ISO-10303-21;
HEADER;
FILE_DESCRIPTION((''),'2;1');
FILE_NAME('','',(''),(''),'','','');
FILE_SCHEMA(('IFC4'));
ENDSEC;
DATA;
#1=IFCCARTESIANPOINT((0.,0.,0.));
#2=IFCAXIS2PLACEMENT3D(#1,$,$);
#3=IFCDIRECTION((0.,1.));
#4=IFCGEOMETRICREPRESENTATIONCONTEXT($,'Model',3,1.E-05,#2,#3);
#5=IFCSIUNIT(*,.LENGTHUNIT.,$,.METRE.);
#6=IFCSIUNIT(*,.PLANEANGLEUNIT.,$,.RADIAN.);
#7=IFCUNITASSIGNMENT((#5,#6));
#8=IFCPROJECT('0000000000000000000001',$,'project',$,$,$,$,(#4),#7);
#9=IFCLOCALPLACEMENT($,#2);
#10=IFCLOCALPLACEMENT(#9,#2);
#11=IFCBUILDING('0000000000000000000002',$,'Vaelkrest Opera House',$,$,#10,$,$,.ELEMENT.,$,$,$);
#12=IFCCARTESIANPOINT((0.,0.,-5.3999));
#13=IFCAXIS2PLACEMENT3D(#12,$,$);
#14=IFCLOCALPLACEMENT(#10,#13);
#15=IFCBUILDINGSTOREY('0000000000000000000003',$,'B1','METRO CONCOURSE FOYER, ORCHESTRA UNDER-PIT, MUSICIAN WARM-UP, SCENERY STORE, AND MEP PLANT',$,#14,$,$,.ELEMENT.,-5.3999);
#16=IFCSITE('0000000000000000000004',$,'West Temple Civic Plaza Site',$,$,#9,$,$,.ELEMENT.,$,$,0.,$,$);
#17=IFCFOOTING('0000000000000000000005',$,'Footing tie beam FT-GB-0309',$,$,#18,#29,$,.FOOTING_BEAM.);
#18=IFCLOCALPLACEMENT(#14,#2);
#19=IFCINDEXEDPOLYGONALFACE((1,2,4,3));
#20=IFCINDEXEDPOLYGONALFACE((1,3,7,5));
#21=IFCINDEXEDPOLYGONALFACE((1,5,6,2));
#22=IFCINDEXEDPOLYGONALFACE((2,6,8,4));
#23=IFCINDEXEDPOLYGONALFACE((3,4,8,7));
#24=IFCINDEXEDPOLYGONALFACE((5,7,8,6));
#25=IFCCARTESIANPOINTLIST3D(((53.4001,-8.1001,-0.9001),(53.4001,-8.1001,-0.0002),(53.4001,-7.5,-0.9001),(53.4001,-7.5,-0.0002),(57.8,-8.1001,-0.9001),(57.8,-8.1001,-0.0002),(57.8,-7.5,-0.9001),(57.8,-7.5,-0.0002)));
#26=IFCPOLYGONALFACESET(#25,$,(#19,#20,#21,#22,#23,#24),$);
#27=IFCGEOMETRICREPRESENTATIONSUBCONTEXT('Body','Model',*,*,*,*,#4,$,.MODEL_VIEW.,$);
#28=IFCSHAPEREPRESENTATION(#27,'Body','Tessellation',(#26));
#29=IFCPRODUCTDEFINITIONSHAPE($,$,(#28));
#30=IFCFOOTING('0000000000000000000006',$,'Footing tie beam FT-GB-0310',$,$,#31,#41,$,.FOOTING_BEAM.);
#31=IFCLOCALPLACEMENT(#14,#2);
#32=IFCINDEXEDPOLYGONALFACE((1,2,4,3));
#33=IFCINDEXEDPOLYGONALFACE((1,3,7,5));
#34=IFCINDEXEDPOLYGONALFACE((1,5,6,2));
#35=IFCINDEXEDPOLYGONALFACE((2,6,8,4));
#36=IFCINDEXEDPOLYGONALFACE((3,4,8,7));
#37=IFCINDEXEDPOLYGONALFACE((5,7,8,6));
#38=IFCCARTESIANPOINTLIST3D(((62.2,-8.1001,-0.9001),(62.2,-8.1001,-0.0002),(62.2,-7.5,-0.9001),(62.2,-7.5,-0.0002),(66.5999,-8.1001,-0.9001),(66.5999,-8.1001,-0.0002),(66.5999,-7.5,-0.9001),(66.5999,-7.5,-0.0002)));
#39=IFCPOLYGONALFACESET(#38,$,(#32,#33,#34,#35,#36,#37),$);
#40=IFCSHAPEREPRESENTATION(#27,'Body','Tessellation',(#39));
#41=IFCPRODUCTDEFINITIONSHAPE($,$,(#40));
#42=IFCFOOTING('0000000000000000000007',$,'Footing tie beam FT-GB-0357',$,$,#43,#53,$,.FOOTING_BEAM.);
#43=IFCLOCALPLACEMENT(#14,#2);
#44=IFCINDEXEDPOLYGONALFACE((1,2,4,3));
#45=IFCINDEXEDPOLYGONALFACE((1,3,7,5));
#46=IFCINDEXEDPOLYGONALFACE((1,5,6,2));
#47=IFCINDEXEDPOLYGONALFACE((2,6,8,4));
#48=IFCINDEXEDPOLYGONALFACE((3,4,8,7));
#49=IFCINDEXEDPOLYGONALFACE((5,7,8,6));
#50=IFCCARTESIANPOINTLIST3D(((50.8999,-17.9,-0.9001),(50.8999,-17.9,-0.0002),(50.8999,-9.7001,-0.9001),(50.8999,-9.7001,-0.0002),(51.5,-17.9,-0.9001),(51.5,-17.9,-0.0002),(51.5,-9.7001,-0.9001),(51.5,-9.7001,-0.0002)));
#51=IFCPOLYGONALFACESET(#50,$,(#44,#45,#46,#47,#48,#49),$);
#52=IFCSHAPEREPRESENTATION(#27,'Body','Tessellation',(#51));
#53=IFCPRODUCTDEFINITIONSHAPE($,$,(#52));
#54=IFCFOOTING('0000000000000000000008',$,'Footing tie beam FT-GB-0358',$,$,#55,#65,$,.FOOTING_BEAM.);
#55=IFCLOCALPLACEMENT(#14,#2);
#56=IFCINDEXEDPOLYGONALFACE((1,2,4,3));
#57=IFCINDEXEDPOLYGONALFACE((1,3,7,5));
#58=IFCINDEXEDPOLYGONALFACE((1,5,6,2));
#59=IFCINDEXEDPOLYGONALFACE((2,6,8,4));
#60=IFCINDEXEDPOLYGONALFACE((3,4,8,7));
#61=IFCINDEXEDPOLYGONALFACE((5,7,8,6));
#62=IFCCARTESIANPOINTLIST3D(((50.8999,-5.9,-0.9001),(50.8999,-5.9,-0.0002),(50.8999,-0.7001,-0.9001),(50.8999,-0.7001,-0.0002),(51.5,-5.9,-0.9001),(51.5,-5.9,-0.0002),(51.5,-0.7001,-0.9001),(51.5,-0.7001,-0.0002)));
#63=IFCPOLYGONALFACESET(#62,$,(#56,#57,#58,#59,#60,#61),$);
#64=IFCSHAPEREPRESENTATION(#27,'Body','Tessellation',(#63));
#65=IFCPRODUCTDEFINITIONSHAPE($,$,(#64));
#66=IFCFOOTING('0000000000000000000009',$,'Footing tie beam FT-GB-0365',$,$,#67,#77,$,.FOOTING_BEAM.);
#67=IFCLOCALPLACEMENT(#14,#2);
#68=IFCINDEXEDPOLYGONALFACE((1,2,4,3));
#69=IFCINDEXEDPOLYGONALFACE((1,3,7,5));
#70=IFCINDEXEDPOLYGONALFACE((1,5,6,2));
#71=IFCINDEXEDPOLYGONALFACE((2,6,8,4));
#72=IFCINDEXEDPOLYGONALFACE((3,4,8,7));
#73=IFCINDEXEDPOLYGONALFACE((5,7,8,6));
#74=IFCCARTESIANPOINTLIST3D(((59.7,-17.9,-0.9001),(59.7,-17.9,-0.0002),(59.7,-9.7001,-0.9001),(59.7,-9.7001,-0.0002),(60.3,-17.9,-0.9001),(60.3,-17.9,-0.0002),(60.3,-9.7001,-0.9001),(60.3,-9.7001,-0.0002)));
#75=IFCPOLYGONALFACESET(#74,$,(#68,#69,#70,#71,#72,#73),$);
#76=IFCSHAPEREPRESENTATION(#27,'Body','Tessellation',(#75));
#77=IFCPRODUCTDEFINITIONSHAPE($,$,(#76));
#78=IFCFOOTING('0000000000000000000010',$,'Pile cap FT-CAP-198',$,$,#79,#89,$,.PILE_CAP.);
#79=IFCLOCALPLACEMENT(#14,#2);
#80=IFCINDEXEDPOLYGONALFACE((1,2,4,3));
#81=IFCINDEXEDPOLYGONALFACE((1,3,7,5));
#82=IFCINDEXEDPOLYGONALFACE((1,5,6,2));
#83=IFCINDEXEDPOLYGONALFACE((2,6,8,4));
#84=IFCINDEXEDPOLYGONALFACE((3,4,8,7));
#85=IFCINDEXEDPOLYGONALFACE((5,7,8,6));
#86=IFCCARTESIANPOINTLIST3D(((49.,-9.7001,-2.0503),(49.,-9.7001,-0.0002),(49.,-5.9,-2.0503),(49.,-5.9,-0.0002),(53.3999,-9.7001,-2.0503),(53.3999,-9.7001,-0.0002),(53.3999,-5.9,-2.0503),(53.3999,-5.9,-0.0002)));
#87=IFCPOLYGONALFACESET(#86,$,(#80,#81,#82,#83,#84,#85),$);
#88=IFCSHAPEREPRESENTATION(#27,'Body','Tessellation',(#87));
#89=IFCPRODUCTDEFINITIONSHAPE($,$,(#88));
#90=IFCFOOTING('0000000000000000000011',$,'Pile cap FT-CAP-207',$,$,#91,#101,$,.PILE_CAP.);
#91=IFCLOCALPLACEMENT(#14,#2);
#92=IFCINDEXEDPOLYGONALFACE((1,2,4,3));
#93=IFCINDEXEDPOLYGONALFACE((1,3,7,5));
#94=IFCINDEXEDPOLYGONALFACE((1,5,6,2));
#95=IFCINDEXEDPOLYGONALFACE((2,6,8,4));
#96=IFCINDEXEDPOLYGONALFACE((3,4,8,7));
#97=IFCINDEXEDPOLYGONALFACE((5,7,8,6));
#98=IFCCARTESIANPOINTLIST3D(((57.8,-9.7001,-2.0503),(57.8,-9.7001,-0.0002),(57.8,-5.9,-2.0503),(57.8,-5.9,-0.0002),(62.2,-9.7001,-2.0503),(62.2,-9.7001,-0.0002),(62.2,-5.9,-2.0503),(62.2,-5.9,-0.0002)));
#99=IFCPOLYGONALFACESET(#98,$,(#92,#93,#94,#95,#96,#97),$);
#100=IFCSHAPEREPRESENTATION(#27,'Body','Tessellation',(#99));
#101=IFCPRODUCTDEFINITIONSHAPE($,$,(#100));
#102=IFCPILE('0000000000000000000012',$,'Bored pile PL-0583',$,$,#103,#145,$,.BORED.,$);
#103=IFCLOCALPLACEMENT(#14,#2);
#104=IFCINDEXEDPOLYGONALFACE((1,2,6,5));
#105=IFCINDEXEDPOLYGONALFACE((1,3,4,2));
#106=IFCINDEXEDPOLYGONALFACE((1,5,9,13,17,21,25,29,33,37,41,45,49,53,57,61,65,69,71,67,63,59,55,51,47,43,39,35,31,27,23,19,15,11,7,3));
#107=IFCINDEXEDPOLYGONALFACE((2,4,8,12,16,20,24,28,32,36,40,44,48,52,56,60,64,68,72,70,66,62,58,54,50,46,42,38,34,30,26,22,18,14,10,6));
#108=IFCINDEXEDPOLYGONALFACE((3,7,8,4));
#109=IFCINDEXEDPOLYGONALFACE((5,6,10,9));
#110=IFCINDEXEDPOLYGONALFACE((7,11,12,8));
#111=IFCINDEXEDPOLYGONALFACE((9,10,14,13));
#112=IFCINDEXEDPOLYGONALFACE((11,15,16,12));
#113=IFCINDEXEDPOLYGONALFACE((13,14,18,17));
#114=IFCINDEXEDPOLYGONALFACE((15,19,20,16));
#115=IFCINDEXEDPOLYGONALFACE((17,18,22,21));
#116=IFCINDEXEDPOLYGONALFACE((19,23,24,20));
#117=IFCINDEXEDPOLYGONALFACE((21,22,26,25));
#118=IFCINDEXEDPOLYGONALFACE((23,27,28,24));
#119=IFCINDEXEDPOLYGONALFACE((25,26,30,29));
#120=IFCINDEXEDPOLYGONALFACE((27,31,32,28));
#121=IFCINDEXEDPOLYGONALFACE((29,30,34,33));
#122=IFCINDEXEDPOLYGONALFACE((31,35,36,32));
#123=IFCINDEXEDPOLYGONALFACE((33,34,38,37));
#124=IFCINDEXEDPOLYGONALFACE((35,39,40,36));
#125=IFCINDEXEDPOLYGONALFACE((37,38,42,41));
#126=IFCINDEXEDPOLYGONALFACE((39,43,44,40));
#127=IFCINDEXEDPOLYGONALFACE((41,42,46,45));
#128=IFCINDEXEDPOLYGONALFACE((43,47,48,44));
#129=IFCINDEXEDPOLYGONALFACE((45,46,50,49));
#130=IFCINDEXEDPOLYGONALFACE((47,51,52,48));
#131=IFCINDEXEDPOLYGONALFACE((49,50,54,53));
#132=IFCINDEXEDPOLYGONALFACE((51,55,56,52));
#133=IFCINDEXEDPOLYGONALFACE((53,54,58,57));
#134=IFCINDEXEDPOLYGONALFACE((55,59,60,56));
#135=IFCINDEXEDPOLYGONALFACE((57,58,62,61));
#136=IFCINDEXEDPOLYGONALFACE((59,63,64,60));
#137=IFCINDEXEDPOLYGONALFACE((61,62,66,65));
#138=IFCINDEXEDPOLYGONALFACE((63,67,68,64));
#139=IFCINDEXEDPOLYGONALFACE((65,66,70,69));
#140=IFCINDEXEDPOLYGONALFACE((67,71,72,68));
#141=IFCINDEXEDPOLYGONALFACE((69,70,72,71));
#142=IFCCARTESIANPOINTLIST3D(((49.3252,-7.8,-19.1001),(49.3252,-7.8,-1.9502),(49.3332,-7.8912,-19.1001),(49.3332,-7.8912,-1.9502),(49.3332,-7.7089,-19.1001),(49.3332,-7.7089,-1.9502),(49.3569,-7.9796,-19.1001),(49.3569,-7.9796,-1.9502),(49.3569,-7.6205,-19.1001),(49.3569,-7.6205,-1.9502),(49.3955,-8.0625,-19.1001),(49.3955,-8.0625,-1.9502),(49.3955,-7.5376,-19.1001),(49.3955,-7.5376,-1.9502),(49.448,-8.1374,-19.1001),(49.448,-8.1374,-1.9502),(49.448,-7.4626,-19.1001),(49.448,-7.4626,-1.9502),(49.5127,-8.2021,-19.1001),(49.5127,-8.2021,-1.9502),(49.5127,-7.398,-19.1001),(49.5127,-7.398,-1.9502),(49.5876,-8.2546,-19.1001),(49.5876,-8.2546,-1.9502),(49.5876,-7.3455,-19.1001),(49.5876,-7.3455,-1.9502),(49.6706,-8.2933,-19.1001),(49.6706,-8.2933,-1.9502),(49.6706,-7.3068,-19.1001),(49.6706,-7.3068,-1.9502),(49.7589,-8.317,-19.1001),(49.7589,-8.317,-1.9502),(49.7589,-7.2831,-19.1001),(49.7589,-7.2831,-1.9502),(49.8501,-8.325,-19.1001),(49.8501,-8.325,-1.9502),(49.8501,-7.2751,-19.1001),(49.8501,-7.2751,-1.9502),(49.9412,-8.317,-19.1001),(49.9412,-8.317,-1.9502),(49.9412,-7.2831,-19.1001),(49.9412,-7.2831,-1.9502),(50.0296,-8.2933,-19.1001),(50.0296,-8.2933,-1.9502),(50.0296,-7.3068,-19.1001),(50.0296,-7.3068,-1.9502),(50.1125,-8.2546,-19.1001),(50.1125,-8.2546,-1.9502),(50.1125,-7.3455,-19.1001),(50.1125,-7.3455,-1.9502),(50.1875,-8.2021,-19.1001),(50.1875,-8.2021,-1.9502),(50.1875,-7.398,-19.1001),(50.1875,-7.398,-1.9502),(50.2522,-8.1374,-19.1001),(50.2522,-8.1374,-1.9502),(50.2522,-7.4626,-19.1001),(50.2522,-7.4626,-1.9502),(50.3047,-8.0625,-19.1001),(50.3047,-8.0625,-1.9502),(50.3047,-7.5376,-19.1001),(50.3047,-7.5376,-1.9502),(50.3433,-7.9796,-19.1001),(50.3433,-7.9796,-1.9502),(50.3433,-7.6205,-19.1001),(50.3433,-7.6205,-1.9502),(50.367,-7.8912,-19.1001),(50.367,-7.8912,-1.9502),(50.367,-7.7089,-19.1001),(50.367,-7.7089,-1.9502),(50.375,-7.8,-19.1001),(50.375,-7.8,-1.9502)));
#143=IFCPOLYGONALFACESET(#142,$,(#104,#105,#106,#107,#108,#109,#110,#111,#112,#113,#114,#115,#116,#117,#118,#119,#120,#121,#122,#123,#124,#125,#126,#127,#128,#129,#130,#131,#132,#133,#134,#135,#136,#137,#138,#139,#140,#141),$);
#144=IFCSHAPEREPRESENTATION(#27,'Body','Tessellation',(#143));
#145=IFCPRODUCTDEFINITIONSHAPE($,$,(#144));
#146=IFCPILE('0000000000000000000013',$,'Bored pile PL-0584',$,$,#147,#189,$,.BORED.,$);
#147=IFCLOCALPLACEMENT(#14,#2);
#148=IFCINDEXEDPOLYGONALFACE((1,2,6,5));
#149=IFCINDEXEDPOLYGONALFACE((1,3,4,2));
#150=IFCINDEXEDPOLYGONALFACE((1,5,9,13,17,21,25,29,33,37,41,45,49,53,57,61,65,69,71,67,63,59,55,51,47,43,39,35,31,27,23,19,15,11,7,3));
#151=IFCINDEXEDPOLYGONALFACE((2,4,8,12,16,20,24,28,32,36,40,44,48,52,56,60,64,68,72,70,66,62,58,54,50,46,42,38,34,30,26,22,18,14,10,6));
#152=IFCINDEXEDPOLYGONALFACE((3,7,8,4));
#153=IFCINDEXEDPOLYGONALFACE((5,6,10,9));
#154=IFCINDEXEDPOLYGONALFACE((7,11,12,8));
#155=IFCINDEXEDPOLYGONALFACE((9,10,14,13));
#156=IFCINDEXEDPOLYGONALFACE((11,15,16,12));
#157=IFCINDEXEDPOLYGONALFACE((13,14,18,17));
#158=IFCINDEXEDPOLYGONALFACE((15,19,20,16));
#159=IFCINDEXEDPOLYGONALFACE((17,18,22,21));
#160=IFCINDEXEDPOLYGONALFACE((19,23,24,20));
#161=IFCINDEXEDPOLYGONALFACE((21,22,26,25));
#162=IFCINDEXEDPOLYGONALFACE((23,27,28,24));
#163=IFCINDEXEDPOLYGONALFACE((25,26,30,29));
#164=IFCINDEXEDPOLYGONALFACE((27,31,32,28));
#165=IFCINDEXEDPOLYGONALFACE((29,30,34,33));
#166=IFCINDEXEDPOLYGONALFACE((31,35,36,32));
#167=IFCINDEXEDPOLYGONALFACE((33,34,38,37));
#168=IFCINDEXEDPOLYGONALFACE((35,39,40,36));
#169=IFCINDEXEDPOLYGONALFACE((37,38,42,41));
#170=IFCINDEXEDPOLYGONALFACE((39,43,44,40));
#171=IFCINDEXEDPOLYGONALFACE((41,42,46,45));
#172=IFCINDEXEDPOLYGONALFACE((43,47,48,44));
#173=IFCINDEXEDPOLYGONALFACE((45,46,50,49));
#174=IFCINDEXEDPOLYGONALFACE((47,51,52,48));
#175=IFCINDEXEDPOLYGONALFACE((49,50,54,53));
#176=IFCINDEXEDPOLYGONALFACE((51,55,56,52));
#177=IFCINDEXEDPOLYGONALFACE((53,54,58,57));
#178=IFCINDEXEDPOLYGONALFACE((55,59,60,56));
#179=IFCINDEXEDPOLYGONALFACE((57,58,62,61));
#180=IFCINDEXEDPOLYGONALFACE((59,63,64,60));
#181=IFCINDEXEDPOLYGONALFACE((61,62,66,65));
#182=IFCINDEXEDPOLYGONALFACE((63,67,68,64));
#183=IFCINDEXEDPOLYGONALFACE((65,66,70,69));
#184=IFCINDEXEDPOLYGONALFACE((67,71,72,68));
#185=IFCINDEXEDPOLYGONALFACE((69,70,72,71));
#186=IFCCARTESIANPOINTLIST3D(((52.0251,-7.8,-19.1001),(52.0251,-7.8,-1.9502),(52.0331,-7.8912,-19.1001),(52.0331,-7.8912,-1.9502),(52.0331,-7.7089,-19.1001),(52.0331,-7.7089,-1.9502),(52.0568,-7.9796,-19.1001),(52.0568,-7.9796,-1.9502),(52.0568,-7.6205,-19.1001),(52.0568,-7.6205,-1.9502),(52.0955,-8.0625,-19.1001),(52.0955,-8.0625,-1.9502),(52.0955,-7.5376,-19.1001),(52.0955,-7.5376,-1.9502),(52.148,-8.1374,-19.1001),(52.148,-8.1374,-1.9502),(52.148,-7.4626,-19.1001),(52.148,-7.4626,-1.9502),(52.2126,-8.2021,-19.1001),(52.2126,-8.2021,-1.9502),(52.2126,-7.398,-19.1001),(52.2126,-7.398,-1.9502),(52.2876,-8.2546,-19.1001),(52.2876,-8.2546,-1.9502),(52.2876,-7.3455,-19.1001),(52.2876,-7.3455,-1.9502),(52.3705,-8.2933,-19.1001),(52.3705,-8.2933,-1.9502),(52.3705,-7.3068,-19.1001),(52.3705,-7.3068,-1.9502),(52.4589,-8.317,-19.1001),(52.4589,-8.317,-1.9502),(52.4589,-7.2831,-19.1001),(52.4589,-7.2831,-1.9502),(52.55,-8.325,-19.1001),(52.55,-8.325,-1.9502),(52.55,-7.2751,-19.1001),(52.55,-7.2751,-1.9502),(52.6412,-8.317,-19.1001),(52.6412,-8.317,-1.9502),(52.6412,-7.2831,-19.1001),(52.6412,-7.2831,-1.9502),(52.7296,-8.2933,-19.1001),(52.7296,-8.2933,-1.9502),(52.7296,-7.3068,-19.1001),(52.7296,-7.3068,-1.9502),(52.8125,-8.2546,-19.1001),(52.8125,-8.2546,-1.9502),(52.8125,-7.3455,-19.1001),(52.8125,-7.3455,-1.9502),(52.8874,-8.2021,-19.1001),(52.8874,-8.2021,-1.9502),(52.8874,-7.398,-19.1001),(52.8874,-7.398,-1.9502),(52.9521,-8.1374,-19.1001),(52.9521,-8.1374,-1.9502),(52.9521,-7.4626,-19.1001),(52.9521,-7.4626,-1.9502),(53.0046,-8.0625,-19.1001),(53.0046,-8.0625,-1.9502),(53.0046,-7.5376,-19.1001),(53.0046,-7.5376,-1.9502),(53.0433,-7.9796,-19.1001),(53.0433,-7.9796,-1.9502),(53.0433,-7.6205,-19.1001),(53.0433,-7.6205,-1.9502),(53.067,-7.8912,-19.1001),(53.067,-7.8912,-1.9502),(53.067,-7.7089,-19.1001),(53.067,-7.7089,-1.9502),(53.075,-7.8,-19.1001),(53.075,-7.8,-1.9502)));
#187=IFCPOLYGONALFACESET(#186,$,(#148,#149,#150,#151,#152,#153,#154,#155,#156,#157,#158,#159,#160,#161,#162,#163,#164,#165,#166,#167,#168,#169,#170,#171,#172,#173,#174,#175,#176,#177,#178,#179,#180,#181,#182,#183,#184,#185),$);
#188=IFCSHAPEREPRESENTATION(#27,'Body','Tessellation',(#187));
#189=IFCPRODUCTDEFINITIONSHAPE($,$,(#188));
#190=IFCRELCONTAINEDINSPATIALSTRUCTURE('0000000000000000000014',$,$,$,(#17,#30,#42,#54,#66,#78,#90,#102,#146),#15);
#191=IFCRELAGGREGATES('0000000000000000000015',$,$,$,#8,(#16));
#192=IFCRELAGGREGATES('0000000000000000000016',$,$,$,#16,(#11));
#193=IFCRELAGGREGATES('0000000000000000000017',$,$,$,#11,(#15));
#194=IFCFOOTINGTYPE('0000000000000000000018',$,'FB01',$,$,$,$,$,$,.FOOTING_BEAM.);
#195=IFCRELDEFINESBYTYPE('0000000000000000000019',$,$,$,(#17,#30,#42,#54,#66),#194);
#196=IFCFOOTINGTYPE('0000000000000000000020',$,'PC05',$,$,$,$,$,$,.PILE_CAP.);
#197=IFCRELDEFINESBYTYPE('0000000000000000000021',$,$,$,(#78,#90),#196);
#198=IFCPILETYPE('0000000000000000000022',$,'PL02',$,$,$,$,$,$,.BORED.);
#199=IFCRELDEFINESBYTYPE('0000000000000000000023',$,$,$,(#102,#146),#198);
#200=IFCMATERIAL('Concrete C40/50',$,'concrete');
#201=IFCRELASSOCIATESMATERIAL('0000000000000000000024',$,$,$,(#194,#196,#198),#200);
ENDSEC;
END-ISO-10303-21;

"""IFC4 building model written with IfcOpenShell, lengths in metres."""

from ifc_helpers import new_model, si_unit, direction, frame, origin, origin_2d, place, context, subcontext, project, spatial, rectangle, circle, extrude, material, material_profile, profile_set, type_object, element, save


model = new_model("IFC4")

# Units and contexts
model_context = context("Model", 3, precision=1e-05, world=origin(), true_north=direction((0.0, 1.0)))
body_context = subcontext(model_context, "Body", "Model", "MODEL_VIEW")
ifc_project = project(units=[si_unit("LENGTHUNIT", "METRE"), si_unit("PLANEANGLEUNIT", "RADIAN")], contexts=[model_context])

# Site, building, storey
site_placement = place(None, origin())
site = spatial("IfcSite", under=ifc_project, at=site_placement, Name="West Temple Civic Plaza Site", CompositionType="ELEMENT", RefElevation=0.0)
building_placement = place(site_placement, origin())
building = spatial("IfcBuilding", under=site, at=building_placement, Name="Vaelkrest Opera House", CompositionType="ELEMENT")
storey_placement = place(building_placement, frame((0.0, 0.0, -5.3999)))
storey = spatial("IfcBuildingStorey", under=building, at=storey_placement, Name="B1", Description="METRO CONCOURSE FOYER, ORCHESTRA UNDER-PIT, MUSICIAN WARM-UP, SCENERY STORE, AND MEP PLANT", CompositionType="ELEMENT", Elevation=-5.3999)

# Footings
ifc_material_1 = material(Name="Concrete C40/50", Category="concrete")
footing_type_1 = type_object("IfcFootingType", Name="FB01", PredefinedType="FOOTING_BEAM", material=ifc_material_1)
for number, where, z_axis, x_axis, name in (
    (1, (55.6001, -7.8, -0.9001), (0.0, 0.0, 1.0), (1.0, 0.0, 0.0), "Footing tie beam FT-GB-0309"),
    (2, (64.3999, -7.8, -0.9001), (0.0, 0.0, 1.0), (1.0, 0.0, 0.0), "Footing tie beam FT-GB-0310"),
):
    element("IfcFooting", number, at=place(storey_placement, frame(where, z_axis=z_axis, x_axis=x_axis)), inside=storey, type_object=footing_type_1, Name=name, PredefinedType="FOOTING_BEAM", context=body_context, shape_type="SweptSolid", body=[
        extrude(rectangle(XDim=4.3999, YDim=0.6001, at=origin_2d()), origin(), (0.0, 0.0, 1.0), 0.8999),
    ])
footing_1_placement = place(storey_placement, frame((51.2, -13.8, -0.9001), z_axis=(0.0, 0.0, 1.0), x_axis=(0.0, 1.0, 0.0)))
element("IfcFooting", 3, at=footing_1_placement, inside=storey, type_object=footing_type_1, Name="Footing tie beam FT-GB-0357", PredefinedType="FOOTING_BEAM", context=body_context, shape_type="SweptSolid", body=[
    extrude(rectangle(XDim=8.2, YDim=0.6001, at=origin_2d()), origin(), (0.0, 0.0, 1.0), 0.8999),
])
footing_2_placement = place(storey_placement, frame((51.2, -3.3, -0.9001), z_axis=(0.0, 0.0, 1.0), x_axis=(0.0, 1.0, 0.0)))
element("IfcFooting", 4, at=footing_2_placement, inside=storey, type_object=footing_type_1, Name="Footing tie beam FT-GB-0358", PredefinedType="FOOTING_BEAM", context=body_context, shape_type="SweptSolid", body=[
    extrude(rectangle(XDim=5.2, YDim=0.6001, at=origin_2d()), origin(), (0.0, 0.0, 1.0), 0.8999),
])
footing_3_placement = place(storey_placement, frame((60.0, -13.8, -0.9001), z_axis=(0.0, 0.0, 1.0), x_axis=(0.0, 1.0, 0.0)))
element("IfcFooting", 5, at=footing_3_placement, inside=storey, type_object=footing_type_1, Name="Footing tie beam FT-GB-0365", PredefinedType="FOOTING_BEAM", context=body_context, shape_type="SweptSolid", body=[
    extrude(rectangle(XDim=8.2, YDim=0.6001, at=origin_2d()), origin(), (0.0, 0.0, 1.0), 0.8999),
])
footing_type_2 = type_object("IfcFootingType", Name="PC05", PredefinedType="PILE_CAP", material=ifc_material_1)
for number, where, z_axis, x_axis, name in (
    (6, (51.2, -7.8, -2.0503), (0.0, 0.0, 1.0), (1.0, 0.0, 0.0), "Pile cap FT-CAP-198"),
    (7, (60.0, -7.8, -2.0503), (0.0, 0.0, 1.0), (1.0, 0.0, 0.0), "Pile cap FT-CAP-207"),
):
    element("IfcFooting", number, at=place(storey_placement, frame(where, z_axis=z_axis, x_axis=x_axis)), inside=storey, type_object=footing_type_2, Name=name, PredefinedType="PILE_CAP", context=body_context, shape_type="SweptSolid", body=[
        extrude(rectangle(XDim=4.3999, YDim=3.8, at=origin_2d()), origin(), (0.0, 0.0, 1.0), 2.05),
    ])

# Piles
ifc_material_profile_1 = material_profile(ifc_material_1, circle(Radius=0.5249, at=origin_2d()), Name="PILE1050")
ifc_profile_set_1 = profile_set([ifc_material_profile_1], Name="Concrete C40/50")
pile_type = type_object("IfcPileType", Name="PL02", PredefinedType="BORED", material=ifc_profile_set_1)
for number, where, z_axis, x_axis, name in (
    (8, (49.8501, -7.8, -1.9502), (0.0, 0.0, -1.0), (1.0, 0.0, 0.0), "Bored pile PL-0583"),
    (9, (52.55, -7.8, -1.9502), (0.0, 0.0, -1.0), (1.0, 0.0, 0.0), "Bored pile PL-0584"),
):
    element("IfcPile", number, at=place(storey_placement, frame(where, z_axis=z_axis, x_axis=x_axis)), inside=storey, type_object=pile_type, Name=name, PredefinedType="BORED", context=body_context, shape_type="SweptSolid", body=[
        extrude(circle(Radius=0.5249, at=origin_2d()), origin(), (0.0, 0.0, 1.0), 17.1499),
    ])

save(model, "model.ifc")
